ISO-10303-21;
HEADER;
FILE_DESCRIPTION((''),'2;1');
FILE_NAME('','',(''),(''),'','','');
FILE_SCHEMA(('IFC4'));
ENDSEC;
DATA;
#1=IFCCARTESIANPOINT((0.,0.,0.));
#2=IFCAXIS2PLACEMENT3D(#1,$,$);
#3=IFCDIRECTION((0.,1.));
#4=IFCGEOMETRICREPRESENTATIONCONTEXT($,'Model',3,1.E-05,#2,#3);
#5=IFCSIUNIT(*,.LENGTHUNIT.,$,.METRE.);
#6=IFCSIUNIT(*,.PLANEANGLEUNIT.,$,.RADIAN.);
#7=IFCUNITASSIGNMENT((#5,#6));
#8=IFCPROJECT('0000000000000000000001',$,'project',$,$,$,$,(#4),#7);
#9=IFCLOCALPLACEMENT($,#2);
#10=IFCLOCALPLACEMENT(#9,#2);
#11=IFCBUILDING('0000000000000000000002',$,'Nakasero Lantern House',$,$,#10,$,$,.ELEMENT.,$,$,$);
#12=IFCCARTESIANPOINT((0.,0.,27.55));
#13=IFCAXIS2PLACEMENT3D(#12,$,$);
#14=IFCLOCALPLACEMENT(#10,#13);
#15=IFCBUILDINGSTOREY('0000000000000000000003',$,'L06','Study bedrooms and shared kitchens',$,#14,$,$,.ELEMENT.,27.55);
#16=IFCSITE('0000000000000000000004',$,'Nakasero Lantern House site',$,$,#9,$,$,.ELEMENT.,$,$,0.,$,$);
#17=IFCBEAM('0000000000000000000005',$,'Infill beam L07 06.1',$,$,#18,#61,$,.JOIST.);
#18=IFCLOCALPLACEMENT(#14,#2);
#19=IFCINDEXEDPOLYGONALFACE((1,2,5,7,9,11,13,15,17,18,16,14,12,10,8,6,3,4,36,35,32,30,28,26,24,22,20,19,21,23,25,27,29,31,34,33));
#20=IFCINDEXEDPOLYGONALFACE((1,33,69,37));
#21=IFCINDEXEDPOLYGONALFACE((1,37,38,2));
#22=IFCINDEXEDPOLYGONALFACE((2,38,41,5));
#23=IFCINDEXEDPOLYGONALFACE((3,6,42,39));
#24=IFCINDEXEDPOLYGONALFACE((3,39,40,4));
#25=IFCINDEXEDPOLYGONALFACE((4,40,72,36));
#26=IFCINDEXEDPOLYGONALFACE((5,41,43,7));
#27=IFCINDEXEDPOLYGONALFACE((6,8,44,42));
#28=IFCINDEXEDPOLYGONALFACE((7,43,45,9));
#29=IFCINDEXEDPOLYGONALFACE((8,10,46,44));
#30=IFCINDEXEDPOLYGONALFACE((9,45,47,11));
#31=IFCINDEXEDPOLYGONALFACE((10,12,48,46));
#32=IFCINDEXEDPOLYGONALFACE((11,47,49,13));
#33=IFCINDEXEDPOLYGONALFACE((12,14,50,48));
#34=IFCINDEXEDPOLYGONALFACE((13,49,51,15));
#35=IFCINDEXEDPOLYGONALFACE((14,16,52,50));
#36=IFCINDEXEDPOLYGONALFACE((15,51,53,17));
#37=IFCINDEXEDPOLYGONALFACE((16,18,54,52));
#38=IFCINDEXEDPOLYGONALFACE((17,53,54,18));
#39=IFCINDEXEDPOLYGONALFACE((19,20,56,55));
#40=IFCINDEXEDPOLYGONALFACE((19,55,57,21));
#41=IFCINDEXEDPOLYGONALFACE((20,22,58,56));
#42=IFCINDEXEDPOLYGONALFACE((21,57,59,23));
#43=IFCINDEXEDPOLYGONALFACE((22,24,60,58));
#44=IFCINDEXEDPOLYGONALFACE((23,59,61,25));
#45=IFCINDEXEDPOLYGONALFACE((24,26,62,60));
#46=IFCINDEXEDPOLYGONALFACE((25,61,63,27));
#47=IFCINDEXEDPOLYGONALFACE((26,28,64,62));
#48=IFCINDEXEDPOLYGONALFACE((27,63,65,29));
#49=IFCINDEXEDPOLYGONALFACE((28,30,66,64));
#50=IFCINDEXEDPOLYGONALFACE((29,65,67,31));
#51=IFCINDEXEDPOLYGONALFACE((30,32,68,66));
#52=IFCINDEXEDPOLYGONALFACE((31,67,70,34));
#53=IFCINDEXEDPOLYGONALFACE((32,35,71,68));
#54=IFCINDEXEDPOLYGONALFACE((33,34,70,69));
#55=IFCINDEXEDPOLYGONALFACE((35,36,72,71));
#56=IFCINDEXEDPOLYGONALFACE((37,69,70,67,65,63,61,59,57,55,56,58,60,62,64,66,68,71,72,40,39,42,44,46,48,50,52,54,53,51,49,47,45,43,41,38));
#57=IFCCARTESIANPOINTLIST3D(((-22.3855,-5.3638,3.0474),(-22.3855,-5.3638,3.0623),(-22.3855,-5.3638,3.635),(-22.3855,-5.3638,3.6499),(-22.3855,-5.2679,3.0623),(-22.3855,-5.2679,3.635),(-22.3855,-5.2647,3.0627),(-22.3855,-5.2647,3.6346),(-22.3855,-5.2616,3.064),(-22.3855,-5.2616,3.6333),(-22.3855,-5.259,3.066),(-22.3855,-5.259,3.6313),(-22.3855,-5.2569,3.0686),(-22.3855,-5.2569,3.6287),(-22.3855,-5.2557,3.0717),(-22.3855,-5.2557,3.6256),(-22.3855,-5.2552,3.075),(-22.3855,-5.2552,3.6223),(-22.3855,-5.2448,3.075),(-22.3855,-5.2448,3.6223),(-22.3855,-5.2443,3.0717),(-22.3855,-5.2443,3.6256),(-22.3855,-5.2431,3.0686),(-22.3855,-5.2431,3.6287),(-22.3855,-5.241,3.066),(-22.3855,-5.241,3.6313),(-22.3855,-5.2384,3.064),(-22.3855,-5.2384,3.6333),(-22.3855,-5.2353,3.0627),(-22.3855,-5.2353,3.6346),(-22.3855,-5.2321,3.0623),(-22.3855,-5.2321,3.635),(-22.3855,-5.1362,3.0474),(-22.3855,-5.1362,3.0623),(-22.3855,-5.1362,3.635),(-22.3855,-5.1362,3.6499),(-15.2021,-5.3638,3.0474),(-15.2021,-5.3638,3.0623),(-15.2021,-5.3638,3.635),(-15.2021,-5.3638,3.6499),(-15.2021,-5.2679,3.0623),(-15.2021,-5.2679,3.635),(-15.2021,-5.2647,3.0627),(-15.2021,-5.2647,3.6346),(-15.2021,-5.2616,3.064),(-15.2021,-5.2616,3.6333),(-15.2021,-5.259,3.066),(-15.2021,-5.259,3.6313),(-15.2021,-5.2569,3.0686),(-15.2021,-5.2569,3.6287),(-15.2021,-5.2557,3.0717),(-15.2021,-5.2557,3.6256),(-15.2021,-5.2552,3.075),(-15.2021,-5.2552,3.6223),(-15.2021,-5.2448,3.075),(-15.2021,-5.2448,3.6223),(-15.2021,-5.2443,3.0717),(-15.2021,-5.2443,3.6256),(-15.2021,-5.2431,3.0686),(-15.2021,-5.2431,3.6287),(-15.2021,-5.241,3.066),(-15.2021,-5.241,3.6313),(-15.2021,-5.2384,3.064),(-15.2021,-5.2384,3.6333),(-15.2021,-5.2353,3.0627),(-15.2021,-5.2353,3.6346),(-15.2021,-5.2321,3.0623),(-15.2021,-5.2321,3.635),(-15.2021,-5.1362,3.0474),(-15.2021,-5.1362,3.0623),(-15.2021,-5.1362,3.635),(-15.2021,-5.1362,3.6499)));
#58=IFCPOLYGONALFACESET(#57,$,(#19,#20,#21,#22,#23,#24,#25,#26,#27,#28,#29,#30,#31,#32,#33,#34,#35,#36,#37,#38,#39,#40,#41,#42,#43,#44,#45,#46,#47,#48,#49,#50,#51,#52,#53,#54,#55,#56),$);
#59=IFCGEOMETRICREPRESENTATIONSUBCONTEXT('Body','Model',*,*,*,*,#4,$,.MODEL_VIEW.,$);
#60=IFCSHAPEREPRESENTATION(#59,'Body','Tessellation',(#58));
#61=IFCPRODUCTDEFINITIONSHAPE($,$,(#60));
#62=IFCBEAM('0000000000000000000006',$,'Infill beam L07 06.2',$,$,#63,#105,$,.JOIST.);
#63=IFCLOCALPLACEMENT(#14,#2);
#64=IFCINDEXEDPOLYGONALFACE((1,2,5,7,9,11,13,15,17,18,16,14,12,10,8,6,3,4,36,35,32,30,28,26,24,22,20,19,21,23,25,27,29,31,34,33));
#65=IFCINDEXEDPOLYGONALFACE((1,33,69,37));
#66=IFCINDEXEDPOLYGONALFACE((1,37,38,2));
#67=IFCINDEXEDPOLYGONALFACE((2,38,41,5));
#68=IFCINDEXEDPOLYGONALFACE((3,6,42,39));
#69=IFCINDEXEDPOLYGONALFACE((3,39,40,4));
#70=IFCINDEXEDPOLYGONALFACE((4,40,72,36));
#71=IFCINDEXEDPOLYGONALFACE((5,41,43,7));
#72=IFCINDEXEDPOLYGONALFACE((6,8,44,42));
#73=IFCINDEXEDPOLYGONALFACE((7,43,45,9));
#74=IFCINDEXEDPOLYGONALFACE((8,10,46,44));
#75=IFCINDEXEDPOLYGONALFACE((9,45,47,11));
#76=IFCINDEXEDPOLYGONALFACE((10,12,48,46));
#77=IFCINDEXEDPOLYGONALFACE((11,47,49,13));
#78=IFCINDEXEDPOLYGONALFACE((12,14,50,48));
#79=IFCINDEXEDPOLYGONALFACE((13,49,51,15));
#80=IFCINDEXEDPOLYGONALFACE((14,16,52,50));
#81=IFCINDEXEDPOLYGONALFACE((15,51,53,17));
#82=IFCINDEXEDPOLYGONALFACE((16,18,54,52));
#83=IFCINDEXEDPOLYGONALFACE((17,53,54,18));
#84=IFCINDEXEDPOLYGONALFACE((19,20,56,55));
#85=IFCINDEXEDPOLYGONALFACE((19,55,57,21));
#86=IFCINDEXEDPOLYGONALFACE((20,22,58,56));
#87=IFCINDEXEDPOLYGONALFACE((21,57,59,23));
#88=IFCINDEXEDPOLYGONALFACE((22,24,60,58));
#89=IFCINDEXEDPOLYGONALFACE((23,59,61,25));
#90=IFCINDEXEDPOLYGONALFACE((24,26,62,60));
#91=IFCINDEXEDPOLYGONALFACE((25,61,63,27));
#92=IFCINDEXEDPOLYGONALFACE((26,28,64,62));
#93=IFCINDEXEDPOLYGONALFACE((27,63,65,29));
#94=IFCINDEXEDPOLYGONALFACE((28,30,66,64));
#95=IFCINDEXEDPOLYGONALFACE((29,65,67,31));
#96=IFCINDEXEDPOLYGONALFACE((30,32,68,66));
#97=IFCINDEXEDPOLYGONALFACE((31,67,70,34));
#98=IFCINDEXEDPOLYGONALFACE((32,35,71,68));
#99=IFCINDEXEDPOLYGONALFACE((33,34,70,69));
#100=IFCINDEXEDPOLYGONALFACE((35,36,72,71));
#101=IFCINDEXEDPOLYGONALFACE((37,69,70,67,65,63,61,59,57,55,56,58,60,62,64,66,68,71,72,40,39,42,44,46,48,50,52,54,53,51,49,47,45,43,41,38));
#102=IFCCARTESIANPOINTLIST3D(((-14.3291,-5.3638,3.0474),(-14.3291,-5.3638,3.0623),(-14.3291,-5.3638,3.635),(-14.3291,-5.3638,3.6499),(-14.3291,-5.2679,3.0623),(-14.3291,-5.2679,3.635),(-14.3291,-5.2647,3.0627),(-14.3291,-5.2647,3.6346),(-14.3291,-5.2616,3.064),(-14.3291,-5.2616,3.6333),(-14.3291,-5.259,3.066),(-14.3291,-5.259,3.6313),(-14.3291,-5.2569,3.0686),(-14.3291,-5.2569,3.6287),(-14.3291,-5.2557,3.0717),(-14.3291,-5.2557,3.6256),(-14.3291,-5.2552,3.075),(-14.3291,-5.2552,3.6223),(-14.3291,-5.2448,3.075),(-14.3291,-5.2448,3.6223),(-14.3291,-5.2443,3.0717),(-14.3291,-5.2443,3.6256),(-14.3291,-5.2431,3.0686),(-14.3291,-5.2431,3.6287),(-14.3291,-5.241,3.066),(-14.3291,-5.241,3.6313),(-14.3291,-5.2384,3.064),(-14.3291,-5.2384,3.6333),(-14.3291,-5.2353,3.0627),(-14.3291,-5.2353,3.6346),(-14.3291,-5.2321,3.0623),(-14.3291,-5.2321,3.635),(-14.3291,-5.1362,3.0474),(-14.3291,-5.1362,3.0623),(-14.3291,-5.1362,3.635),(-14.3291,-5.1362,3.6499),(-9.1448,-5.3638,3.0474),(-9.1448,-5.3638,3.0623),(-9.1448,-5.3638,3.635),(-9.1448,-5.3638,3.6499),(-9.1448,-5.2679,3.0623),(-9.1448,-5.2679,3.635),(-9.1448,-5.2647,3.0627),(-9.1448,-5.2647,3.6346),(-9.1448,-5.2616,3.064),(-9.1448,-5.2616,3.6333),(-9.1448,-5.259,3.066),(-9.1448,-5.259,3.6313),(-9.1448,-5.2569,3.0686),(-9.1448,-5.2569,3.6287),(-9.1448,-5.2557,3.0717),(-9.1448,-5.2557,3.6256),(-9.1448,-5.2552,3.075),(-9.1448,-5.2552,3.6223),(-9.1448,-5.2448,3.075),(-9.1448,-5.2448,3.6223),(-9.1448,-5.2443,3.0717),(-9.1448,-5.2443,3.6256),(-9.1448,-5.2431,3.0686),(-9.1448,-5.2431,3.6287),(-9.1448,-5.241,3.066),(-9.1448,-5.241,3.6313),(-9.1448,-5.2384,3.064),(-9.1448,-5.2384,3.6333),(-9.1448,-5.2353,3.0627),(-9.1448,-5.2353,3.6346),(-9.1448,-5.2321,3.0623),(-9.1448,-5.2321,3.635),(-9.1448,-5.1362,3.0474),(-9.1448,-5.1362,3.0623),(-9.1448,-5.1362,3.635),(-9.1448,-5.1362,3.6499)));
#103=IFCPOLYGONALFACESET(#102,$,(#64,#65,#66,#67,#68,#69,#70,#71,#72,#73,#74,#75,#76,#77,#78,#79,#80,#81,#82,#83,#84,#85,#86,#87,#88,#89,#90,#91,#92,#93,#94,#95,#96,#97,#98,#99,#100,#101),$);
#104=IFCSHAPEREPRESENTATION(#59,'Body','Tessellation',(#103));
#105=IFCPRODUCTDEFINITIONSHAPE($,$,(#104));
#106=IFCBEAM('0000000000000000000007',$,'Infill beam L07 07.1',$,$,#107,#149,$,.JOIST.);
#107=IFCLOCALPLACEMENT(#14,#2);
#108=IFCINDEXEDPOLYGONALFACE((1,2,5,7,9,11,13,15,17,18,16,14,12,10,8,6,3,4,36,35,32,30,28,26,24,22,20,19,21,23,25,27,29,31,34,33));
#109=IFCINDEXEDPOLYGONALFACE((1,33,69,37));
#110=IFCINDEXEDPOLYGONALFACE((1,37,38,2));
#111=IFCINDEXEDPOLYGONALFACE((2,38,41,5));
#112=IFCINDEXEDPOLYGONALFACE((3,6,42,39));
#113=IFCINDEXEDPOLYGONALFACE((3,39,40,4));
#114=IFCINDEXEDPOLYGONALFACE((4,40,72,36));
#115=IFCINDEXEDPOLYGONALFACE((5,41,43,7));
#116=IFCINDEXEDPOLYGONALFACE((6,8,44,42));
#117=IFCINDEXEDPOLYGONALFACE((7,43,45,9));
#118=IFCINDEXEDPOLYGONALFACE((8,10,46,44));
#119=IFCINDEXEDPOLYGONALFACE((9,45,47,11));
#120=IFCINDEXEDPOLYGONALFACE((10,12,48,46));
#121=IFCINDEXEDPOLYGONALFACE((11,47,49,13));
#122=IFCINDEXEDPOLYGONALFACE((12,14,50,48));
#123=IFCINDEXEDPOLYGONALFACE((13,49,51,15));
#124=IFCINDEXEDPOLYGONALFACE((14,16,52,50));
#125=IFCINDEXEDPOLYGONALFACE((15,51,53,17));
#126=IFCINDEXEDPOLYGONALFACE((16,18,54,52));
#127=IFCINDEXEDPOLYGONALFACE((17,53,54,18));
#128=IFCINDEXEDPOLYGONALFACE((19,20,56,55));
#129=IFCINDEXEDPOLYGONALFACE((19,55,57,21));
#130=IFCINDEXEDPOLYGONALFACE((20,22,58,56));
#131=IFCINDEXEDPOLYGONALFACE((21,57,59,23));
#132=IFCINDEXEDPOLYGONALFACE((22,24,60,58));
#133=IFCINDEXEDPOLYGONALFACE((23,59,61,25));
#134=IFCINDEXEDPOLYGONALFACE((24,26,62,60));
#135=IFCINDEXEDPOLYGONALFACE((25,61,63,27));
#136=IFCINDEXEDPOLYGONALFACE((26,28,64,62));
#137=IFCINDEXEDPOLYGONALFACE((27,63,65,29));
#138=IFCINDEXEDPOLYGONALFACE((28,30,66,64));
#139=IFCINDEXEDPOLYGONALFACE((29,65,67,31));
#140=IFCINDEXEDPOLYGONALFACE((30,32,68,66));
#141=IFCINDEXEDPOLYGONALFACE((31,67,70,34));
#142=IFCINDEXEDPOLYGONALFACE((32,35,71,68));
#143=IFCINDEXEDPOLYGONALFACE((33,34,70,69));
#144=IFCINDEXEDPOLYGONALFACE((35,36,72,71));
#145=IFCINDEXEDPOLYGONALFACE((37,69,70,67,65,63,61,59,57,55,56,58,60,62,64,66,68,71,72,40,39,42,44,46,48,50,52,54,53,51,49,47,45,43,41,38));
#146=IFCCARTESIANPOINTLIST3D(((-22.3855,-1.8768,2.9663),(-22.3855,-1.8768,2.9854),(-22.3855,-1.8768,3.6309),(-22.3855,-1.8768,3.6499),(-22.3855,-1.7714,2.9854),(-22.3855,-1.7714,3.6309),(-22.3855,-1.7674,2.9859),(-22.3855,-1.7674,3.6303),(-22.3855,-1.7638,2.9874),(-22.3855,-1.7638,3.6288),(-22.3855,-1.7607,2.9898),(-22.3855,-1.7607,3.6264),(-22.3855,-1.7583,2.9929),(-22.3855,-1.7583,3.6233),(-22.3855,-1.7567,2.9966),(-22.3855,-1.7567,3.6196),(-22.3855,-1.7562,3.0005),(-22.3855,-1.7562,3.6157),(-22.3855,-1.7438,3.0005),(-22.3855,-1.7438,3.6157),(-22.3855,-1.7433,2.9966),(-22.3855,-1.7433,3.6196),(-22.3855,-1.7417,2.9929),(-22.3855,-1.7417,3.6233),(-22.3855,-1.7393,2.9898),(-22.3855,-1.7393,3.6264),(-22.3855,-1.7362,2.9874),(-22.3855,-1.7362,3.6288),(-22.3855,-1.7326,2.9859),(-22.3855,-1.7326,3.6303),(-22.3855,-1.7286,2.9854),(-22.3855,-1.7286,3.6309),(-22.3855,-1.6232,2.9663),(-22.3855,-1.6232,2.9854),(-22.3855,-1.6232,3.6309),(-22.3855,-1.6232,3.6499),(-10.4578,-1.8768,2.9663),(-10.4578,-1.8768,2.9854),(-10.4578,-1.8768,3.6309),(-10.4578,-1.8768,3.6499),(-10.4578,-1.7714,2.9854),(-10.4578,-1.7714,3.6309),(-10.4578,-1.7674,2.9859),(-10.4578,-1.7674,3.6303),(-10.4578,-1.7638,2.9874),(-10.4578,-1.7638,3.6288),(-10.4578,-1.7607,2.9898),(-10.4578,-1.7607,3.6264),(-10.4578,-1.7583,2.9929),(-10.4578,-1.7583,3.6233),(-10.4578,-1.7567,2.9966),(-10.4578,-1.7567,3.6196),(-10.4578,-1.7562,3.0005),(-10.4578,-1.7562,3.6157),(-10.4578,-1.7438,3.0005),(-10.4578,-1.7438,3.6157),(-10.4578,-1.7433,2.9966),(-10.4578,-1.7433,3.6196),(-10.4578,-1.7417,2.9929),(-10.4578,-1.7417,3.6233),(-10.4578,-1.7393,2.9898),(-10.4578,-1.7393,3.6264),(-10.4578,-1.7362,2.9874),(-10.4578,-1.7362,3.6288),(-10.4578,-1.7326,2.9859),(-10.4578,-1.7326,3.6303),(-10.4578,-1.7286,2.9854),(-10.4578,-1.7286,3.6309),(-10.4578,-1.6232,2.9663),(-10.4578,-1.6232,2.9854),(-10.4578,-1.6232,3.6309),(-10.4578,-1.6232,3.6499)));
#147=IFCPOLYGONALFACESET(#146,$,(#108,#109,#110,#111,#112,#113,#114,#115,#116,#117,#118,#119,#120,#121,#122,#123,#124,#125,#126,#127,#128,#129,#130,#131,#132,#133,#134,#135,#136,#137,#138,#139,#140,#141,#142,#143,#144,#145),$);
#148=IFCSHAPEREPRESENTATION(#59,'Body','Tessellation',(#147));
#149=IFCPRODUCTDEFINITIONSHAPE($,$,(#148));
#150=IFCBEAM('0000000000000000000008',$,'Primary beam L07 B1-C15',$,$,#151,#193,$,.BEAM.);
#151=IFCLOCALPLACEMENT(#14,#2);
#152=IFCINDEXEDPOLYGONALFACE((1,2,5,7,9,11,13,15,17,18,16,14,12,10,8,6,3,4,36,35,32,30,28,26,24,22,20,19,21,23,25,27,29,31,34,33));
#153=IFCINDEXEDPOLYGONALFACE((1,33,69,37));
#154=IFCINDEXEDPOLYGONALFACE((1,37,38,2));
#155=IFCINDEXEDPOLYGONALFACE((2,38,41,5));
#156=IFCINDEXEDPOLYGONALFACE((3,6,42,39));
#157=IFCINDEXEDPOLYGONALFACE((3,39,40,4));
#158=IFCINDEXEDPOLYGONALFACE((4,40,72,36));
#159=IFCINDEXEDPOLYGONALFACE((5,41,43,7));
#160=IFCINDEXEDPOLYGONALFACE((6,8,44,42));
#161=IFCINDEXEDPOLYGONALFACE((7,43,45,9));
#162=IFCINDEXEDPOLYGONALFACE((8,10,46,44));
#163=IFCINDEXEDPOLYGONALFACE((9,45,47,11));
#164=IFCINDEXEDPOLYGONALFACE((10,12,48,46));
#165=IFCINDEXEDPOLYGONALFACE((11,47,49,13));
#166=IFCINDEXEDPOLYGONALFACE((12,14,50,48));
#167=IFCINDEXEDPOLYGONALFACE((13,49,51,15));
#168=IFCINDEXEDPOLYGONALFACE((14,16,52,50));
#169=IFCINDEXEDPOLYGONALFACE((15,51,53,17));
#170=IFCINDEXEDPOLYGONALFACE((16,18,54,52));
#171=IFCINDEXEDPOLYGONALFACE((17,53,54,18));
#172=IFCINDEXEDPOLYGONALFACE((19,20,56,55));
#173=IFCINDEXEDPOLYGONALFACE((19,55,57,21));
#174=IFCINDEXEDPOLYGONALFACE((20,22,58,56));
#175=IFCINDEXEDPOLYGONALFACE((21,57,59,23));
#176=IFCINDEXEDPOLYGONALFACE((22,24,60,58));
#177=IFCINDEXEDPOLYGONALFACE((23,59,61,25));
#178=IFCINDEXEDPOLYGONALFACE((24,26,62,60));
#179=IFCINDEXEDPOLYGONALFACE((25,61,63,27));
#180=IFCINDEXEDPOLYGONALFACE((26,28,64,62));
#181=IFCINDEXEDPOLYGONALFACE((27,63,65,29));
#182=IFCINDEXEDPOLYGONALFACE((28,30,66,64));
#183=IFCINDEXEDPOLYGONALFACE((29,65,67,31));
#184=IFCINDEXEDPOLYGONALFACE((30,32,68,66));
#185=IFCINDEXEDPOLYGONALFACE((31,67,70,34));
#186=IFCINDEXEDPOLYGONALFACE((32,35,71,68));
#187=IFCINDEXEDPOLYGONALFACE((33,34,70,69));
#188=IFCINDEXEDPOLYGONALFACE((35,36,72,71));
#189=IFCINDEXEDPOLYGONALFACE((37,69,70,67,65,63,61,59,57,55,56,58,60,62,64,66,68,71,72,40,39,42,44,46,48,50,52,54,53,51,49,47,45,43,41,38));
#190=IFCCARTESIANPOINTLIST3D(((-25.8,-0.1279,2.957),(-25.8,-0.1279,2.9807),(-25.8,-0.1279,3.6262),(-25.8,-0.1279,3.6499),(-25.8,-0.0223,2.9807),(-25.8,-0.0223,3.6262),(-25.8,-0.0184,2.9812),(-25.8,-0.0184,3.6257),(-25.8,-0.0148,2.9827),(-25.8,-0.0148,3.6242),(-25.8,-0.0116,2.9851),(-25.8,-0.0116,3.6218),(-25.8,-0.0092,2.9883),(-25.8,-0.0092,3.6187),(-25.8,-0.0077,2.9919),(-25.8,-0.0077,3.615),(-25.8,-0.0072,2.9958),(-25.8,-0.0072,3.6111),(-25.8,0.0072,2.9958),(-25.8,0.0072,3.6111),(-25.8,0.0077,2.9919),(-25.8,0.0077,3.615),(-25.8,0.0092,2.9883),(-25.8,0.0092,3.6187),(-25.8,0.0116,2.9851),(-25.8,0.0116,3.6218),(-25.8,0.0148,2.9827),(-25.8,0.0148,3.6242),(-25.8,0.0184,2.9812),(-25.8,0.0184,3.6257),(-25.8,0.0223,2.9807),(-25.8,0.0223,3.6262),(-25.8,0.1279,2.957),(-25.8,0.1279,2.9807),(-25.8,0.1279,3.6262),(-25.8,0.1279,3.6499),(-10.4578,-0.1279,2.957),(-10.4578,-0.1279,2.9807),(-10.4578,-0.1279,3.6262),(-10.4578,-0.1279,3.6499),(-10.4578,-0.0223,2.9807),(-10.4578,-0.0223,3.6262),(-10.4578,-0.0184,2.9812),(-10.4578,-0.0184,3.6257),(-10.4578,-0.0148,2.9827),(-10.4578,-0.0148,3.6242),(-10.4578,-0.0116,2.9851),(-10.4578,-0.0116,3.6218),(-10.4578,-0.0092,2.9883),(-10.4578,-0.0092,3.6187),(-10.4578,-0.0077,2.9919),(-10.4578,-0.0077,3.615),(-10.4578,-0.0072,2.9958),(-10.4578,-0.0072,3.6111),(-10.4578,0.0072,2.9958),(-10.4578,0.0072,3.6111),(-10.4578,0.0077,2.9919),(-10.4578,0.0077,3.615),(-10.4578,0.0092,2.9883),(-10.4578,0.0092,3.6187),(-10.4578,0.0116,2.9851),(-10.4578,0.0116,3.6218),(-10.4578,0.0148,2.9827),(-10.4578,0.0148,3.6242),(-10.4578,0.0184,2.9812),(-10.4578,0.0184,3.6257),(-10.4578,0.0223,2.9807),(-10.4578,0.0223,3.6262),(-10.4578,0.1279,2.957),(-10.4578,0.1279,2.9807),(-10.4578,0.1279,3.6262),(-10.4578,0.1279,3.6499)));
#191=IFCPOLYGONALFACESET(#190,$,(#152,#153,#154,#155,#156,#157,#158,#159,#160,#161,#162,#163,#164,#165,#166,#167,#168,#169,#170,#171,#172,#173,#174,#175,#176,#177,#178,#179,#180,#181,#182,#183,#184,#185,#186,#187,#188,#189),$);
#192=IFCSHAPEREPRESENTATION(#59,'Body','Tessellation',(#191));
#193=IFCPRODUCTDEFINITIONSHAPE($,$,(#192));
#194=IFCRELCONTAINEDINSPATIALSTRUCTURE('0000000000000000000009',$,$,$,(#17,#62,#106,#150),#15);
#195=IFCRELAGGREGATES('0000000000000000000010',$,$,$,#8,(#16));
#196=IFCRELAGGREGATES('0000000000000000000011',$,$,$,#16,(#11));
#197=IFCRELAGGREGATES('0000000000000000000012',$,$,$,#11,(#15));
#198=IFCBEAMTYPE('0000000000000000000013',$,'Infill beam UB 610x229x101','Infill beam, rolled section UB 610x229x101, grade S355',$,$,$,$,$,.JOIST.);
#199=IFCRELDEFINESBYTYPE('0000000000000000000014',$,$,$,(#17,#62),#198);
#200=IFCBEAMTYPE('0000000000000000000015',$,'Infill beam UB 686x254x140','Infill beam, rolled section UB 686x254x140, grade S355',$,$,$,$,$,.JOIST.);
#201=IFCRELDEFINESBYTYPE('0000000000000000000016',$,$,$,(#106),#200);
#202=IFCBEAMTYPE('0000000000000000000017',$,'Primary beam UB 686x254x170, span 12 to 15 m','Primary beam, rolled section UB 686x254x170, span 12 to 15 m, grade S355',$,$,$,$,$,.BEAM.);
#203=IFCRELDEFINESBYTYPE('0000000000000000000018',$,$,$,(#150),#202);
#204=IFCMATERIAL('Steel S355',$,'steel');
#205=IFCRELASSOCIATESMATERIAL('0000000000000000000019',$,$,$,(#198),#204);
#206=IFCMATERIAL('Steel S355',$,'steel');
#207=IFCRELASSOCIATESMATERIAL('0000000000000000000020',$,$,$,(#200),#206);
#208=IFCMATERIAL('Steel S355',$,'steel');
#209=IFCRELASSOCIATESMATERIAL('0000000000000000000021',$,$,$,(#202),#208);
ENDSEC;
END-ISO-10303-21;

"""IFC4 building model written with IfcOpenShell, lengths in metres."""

from ifc_helpers import new_model, si_unit, direction, frame, origin, origin_2d, place, context, subcontext, project, spatial, i_section, extrude, material, material_profile, profile_set, type_object, element, save


model = new_model("IFC4")

# Units and contexts
model_context = context("Model", 3, precision=1e-05, world=origin(), true_north=direction((0.0, 1.0)))
body_context = subcontext(model_context, "Body", "Model", "MODEL_VIEW")
ifc_project = project(units=[si_unit("LENGTHUNIT", "METRE"), si_unit("PLANEANGLEUNIT", "RADIAN")], contexts=[model_context])

# Site, building, storey
site_placement = place(None, origin())
site = spatial("IfcSite", under=ifc_project, at=site_placement, Name="Nakasero Lantern House site", CompositionType="ELEMENT", RefElevation=0.0)
building_placement = place(site_placement, origin())
building = spatial("IfcBuilding", under=site, at=building_placement, Name="Nakasero Lantern House", CompositionType="ELEMENT")
storey_placement = place(building_placement, frame((0.0, 0.0, 27.55)))
storey = spatial("IfcBuildingStorey", under=building, at=storey_placement, Name="L06", Description="Study bedrooms and shared kitchens", CompositionType="ELEMENT", Elevation=27.55)

# Beams
ifc_material_1 = material(Name="Steel S355", Category="steel")
ifc_material_profile_1 = material_profile(ifc_material_1, i_section(OverallWidth=0.2275, OverallDepth=0.6025, WebThickness=0.0105, FlangeThickness=0.0149, FilletRadius=0.0127, at=origin_2d()), Name="UB 610x229x101")
ifc_profile_set_1 = profile_set([ifc_material_profile_1], Name="Steel S355")
beam_type_1 = type_object("IfcBeamType", Name="Infill beam UB 610x229x101", Description="Infill beam, rolled section UB 610x229x101, grade S355", PredefinedType="JOIST", material=ifc_profile_set_1)
beam_1_placement = place(storey_placement, frame((-22.3855, -5.25, 3.3486), z_axis=(1.0, 0.0, 0.0), x_axis=(0.0, 1.0, 0.0)))
element("IfcBeam", 1, at=beam_1_placement, inside=storey, type_object=beam_type_1, Name="Infill beam L07 06.1", PredefinedType="JOIST", context=body_context, shape_type="SweptSolid", body=[
    extrude(i_section(OverallWidth=0.2275, OverallDepth=0.6025, WebThickness=0.0105, FlangeThickness=0.0149, FilletRadius=0.0127, at=origin_2d()), origin(), (0.0, 0.0, 1.0), 7.1833),
])
beam_2_placement = place(storey_placement, frame((-14.3291, -5.25, 3.3486), z_axis=(1.0, 0.0, 0.0), x_axis=(0.0, 1.0, 0.0)))
element("IfcBeam", 2, at=beam_2_placement, inside=storey, type_object=beam_type_1, Name="Infill beam L07 06.2", PredefinedType="JOIST", context=body_context, shape_type="SweptSolid", body=[
    extrude(i_section(OverallWidth=0.2275, OverallDepth=0.6025, WebThickness=0.0105, FlangeThickness=0.0149, FilletRadius=0.0127, at=origin_2d()), origin(), (0.0, 0.0, 1.0), 5.1843),
])
ifc_material_2 = material(Name="Steel S355", Category="steel")
ifc_material_profile_2 = material_profile(ifc_material_2, i_section(OverallWidth=0.2537, OverallDepth=0.6836, WebThickness=0.0125, FlangeThickness=0.019, FilletRadius=0.0151, at=origin_2d()), Name="UB 686x254x140")
ifc_profile_set_2 = profile_set([ifc_material_profile_2], Name="Steel S355")
beam_type_2 = type_object("IfcBeamType", Name="Infill beam UB 686x254x140", Description="Infill beam, rolled section UB 686x254x140, grade S355", PredefinedType="JOIST", material=ifc_profile_set_2)
beam_3_placement = place(storey_placement, frame((-22.3855, -1.75, 3.3081), z_axis=(1.0, 0.0, 0.0), x_axis=(0.0, 1.0, 0.0)))
element("IfcBeam", 3, at=beam_3_placement, inside=storey, type_object=beam_type_2, Name="Infill beam L07 07.1", PredefinedType="JOIST", context=body_context, shape_type="SweptSolid", body=[
    extrude(i_section(OverallWidth=0.2537, OverallDepth=0.6836, WebThickness=0.0125, FlangeThickness=0.019, FilletRadius=0.0151, at=origin_2d()), origin(), (0.0, 0.0, 1.0), 11.9277),
])
ifc_material_3 = material(Name="Steel S355", Category="steel")
ifc_material_profile_3 = material_profile(ifc_material_3, i_section(OverallWidth=0.2559, OverallDepth=0.6929, WebThickness=0.0144, FlangeThickness=0.0237, FilletRadius=0.0151, at=origin_2d()), Name="UB 686x254x170")
ifc_profile_set_3 = profile_set([ifc_material_profile_3], Name="Steel S355")
beam_type_3 = type_object("IfcBeamType", Name="Primary beam UB 686x254x170, span 12 to 15 m", Description="Primary beam, rolled section UB 686x254x170, span 12 to 15 m, grade S355", PredefinedType="BEAM", material=ifc_profile_set_3)
beam_4_placement = place(storey_placement, frame((-25.8, 0.0, 3.3035), z_axis=(1.0, 0.0, 0.0), x_axis=(0.0, 1.0, 0.0)))
element("IfcBeam", 4, at=beam_4_placement, inside=storey, type_object=beam_type_3, Name="Primary beam L07 B1-C15", PredefinedType="BEAM", context=body_context, shape_type="SweptSolid", body=[
    extrude(i_section(OverallWidth=0.2559, OverallDepth=0.6929, WebThickness=0.0144, FlangeThickness=0.0237, FilletRadius=0.0151, at=origin_2d()), origin(), (0.0, 0.0, 1.0), 15.3423),
])

save(model, "model.ifc")
